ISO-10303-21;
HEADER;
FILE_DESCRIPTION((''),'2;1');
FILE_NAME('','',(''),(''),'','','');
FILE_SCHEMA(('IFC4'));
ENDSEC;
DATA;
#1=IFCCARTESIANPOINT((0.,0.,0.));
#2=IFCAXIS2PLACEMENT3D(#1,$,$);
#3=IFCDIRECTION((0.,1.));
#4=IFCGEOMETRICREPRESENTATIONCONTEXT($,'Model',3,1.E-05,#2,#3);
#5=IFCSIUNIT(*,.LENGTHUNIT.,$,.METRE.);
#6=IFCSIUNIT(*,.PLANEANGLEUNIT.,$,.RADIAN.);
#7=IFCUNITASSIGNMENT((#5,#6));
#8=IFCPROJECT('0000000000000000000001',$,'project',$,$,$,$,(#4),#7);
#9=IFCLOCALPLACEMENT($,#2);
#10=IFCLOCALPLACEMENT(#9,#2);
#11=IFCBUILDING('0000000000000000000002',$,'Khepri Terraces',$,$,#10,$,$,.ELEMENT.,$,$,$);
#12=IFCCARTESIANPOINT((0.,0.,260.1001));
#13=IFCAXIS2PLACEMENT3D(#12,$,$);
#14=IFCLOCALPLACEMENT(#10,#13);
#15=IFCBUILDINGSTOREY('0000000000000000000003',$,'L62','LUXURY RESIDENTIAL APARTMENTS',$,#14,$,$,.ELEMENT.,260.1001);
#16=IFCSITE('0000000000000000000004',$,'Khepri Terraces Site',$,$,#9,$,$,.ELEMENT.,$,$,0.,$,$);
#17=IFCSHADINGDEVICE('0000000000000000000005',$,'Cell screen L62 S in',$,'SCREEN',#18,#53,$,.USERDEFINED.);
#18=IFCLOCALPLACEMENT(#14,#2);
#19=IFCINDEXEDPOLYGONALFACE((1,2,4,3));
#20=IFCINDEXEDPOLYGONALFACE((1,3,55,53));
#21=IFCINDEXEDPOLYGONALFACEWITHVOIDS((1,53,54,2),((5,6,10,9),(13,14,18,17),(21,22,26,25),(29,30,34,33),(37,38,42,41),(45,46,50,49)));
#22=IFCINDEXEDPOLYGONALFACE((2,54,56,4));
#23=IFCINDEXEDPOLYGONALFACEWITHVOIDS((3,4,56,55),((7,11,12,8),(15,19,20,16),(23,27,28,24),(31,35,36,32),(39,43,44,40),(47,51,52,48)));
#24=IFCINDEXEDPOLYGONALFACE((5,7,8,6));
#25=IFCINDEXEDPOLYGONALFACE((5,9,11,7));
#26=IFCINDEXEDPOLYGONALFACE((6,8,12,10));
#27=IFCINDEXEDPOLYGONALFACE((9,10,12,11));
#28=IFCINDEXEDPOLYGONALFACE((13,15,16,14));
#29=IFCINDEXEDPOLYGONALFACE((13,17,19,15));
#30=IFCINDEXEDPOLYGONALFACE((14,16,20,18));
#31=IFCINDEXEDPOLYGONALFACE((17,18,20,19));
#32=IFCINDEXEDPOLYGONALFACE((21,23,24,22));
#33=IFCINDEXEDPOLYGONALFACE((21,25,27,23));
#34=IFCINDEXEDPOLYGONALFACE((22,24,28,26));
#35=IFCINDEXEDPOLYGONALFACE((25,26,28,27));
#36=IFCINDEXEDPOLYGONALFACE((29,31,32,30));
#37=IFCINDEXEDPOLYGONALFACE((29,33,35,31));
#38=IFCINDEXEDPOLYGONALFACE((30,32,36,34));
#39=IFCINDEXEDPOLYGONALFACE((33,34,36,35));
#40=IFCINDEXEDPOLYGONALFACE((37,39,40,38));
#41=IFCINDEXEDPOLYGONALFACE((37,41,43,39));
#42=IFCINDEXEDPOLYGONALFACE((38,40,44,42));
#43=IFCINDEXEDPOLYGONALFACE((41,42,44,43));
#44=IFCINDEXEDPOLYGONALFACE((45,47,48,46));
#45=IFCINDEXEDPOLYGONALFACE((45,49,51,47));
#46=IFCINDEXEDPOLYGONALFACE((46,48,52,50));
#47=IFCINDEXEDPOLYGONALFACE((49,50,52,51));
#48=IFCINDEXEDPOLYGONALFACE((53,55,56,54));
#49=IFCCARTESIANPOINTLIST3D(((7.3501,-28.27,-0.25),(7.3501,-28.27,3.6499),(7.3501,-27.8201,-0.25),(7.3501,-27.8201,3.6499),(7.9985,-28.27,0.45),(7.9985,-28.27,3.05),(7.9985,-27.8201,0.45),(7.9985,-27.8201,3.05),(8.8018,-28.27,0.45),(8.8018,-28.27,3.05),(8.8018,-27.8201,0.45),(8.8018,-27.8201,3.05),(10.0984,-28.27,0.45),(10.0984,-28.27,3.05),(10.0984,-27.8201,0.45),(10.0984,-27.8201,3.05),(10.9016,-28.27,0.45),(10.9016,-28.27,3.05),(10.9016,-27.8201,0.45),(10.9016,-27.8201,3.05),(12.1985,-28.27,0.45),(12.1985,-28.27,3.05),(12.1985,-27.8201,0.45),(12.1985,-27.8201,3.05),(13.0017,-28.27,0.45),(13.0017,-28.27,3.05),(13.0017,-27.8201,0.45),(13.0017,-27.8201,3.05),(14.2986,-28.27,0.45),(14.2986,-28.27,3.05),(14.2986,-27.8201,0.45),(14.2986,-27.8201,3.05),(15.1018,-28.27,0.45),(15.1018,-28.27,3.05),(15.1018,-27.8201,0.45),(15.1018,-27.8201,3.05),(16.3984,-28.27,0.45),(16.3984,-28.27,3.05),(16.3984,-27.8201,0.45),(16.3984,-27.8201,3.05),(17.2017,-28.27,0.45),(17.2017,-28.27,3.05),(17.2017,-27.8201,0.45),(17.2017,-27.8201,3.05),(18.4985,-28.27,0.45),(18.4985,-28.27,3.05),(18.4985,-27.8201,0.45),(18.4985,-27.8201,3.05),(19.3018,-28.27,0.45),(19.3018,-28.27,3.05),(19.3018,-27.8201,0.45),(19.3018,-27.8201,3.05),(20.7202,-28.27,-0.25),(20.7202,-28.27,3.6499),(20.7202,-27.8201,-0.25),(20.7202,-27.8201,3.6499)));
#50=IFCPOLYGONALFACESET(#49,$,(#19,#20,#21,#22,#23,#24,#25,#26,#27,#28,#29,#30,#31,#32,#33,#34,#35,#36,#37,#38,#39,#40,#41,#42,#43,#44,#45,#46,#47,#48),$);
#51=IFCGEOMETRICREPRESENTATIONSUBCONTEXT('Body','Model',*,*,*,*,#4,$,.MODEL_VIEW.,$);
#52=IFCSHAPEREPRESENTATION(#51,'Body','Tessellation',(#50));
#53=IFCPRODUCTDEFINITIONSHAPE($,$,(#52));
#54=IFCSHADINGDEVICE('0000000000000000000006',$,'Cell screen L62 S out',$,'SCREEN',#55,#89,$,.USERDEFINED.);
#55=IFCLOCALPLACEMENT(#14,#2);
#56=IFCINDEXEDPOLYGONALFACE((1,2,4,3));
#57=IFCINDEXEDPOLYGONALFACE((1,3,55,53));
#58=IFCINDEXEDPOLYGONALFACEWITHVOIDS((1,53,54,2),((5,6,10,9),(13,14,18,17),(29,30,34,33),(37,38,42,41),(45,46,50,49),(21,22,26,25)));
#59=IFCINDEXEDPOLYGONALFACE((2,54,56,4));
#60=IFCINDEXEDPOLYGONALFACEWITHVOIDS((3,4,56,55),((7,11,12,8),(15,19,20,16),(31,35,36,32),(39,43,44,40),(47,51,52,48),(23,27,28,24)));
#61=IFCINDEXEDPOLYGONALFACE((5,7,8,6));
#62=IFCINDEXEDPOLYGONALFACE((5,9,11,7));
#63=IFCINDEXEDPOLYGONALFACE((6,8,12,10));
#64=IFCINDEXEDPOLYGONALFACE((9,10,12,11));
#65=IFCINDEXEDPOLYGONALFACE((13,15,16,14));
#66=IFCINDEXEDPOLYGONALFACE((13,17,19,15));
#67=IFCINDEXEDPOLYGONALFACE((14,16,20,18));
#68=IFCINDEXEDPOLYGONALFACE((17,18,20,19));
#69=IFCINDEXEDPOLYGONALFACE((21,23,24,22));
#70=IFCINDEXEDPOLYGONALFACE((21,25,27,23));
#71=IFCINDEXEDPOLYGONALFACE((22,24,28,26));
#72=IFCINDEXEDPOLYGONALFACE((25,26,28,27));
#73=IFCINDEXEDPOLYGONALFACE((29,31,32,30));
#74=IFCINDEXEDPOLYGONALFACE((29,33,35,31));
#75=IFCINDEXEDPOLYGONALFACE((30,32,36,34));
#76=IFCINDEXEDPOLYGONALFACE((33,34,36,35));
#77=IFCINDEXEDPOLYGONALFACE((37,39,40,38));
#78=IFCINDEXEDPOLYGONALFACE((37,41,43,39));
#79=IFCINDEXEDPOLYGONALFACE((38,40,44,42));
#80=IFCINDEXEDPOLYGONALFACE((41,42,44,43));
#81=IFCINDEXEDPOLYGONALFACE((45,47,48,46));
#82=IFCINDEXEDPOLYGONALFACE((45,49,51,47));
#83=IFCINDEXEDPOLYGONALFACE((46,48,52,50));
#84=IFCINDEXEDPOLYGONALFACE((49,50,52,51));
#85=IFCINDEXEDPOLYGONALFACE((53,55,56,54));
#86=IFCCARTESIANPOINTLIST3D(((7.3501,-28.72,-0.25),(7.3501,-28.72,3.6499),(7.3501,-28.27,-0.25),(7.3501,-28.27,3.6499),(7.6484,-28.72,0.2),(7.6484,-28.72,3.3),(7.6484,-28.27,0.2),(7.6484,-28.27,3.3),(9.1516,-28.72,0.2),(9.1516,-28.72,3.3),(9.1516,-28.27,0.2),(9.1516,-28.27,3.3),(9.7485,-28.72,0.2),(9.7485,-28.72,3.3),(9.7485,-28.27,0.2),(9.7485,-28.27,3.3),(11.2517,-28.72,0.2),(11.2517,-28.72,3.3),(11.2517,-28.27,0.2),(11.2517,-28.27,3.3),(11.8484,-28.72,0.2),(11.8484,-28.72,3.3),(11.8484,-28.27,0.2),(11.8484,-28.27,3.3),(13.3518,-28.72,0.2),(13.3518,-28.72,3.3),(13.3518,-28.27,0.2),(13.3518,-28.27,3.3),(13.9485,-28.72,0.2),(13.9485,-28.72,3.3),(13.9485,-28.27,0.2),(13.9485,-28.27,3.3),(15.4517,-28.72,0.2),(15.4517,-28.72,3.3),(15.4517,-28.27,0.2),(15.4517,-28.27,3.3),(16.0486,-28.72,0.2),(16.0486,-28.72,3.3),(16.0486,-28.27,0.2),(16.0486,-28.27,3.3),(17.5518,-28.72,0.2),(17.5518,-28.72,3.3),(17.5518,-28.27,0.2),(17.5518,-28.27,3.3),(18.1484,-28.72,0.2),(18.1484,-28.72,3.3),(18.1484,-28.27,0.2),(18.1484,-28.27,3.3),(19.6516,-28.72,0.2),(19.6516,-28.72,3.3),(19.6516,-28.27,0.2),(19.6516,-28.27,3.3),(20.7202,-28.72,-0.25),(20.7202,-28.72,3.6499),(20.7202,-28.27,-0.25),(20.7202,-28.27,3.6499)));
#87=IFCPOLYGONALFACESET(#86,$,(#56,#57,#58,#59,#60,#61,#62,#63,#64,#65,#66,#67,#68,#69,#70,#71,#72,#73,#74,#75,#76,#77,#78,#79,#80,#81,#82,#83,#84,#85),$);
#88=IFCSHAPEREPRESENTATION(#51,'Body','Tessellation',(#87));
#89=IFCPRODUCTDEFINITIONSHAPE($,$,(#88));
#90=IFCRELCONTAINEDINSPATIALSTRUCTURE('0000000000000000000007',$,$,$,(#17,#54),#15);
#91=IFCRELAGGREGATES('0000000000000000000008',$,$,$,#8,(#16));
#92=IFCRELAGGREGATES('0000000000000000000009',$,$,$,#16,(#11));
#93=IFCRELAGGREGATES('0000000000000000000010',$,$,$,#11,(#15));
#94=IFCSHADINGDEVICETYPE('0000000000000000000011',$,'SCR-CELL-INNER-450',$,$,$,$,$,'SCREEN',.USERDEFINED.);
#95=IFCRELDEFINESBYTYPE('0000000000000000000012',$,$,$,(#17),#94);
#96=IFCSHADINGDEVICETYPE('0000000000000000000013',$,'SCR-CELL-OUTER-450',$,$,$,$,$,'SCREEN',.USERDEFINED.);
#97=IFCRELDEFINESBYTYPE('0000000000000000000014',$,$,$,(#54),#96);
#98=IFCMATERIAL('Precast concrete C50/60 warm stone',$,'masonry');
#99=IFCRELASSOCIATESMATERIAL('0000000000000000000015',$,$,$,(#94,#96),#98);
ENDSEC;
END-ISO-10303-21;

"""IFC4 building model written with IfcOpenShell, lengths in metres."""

from ifc_helpers import new_model, si_unit, direction, frame, origin, place, context, subcontext, project, spatial, polyline, outline, extrude, material, type_object, element, save


model = new_model("IFC4")

# Units and contexts
model_context = context("Model", 3, precision=1e-05, world=origin(), true_north=direction((0.0, 1.0)))
body_context = subcontext(model_context, "Body", "Model", "MODEL_VIEW")
ifc_project = project(units=[si_unit("LENGTHUNIT", "METRE"), si_unit("PLANEANGLEUNIT", "RADIAN")], contexts=[model_context])

# Site, building, storey
site_placement = place(None, origin())
site = spatial("IfcSite", under=ifc_project, at=site_placement, Name="Khepri Terraces Site", CompositionType="ELEMENT", RefElevation=0.0)
building_placement = place(site_placement, origin())
building = spatial("IfcBuilding", under=site, at=building_placement, Name="Khepri Terraces", CompositionType="ELEMENT")
storey_placement = place(building_placement, frame((0.0, 0.0, 260.1001)))
storey = spatial("IfcBuildingStorey", under=building, at=storey_placement, Name="L62", Description="LUXURY RESIDENTIAL APARTMENTS", CompositionType="ELEMENT", Elevation=260.1001)

# Shared definitions
ifc_material_1 = material(Name="Precast concrete C50/60 warm stone", Category="masonry")

# Shading devices
shading_device_type_1 = type_object("IfcShadingDeviceType", Name="SCR-CELL-INNER-450", ElementType="SCREEN", PredefinedType="USERDEFINED", material=ifc_material_1)
shading_device_1_placement = place(storey_placement, frame((7.3501, -27.8201, -0.25), z_axis=(0.0, -1.0, 0.0), x_axis=(1.0, 0.0, 0.0)))
element("IfcShadingDevice", 1, at=shading_device_1_placement, inside=storey, type_object=shading_device_type_1, Name="Cell screen L62 S in", ObjectType="SCREEN", PredefinedType="USERDEFINED", context=body_context, shape_type="SweptSolid", body=[
    extrude(outline(polyline([(0.0, 0.0), (13.3701, 0.0), (13.3701, 3.8999), (0.0, 3.8999), (0.0, 0.0)]), holes=[polyline([(0.6484, 0.7), (1.4517, 0.7), (1.4517, 3.3), (0.6484, 3.3), (0.6484, 0.7)]), polyline([(2.7483, 0.7), (3.5515, 0.7), (3.5515, 3.3), (2.7483, 3.3), (2.7483, 0.7)]), polyline([(4.8484, 0.7), (5.6516, 0.7), (5.6516, 3.3), (4.8484, 3.3), (4.8484, 0.7)]), polyline([(6.9485, 0.7), (7.7517, 0.7), (7.7517, 3.3), (6.9485, 3.3), (6.9485, 0.7)]), polyline([(9.0483, 0.7), (9.8516, 0.7), (9.8516, 3.3), (9.0483, 3.3), (9.0483, 0.7)]), polyline([(11.1484, 0.7), (11.9517, 0.7), (11.9517, 3.3), (11.1484, 3.3), (11.1484, 0.7)])]), origin(), (0.0, 0.0, 1.0), 0.45),
])
shading_device_type_2 = type_object("IfcShadingDeviceType", Name="SCR-CELL-OUTER-450", ElementType="SCREEN", PredefinedType="USERDEFINED", material=ifc_material_1)
shading_device_2_placement = place(storey_placement, frame((7.3501, -28.27, -0.25), z_axis=(0.0, -1.0, 0.0), x_axis=(1.0, 0.0, 0.0)))
element("IfcShadingDevice", 2, at=shading_device_2_placement, inside=storey, type_object=shading_device_type_2, Name="Cell screen L62 S out", ObjectType="SCREEN", PredefinedType="USERDEFINED", context=body_context, shape_type="SweptSolid", body=[
    extrude(outline(polyline([(0.0, 0.0), (13.3701, 0.0), (13.3701, 3.8999), (0.0, 3.8999), (0.0, 0.0)]), holes=[polyline([(0.2983, 0.45), (1.8015, 0.45), (1.8015, 3.55), (0.2983, 3.55), (0.2983, 0.45)]), polyline([(2.3984, 0.45), (3.9016, 0.45), (3.9016, 3.55), (2.3984, 3.55), (2.3984, 0.45)]), polyline([(4.4983, 0.45), (6.0017, 0.45), (6.0017, 3.55), (4.4983, 3.55), (4.4983, 0.45)]), polyline([(6.5984, 0.45), (8.1016, 0.45), (8.1016, 3.55), (6.5984, 3.55), (6.5984, 0.45)]), polyline([(8.6985, 0.45), (10.2017, 0.45), (10.2017, 3.55), (8.6985, 3.55), (8.6985, 0.45)]), polyline([(10.7983, 0.45), (12.3015, 0.45), (12.3015, 3.55), (10.7983, 3.55), (10.7983, 0.45)])]), origin(), (0.0, 0.0, 1.0), 0.45),
])

save(model, "model.ifc")
